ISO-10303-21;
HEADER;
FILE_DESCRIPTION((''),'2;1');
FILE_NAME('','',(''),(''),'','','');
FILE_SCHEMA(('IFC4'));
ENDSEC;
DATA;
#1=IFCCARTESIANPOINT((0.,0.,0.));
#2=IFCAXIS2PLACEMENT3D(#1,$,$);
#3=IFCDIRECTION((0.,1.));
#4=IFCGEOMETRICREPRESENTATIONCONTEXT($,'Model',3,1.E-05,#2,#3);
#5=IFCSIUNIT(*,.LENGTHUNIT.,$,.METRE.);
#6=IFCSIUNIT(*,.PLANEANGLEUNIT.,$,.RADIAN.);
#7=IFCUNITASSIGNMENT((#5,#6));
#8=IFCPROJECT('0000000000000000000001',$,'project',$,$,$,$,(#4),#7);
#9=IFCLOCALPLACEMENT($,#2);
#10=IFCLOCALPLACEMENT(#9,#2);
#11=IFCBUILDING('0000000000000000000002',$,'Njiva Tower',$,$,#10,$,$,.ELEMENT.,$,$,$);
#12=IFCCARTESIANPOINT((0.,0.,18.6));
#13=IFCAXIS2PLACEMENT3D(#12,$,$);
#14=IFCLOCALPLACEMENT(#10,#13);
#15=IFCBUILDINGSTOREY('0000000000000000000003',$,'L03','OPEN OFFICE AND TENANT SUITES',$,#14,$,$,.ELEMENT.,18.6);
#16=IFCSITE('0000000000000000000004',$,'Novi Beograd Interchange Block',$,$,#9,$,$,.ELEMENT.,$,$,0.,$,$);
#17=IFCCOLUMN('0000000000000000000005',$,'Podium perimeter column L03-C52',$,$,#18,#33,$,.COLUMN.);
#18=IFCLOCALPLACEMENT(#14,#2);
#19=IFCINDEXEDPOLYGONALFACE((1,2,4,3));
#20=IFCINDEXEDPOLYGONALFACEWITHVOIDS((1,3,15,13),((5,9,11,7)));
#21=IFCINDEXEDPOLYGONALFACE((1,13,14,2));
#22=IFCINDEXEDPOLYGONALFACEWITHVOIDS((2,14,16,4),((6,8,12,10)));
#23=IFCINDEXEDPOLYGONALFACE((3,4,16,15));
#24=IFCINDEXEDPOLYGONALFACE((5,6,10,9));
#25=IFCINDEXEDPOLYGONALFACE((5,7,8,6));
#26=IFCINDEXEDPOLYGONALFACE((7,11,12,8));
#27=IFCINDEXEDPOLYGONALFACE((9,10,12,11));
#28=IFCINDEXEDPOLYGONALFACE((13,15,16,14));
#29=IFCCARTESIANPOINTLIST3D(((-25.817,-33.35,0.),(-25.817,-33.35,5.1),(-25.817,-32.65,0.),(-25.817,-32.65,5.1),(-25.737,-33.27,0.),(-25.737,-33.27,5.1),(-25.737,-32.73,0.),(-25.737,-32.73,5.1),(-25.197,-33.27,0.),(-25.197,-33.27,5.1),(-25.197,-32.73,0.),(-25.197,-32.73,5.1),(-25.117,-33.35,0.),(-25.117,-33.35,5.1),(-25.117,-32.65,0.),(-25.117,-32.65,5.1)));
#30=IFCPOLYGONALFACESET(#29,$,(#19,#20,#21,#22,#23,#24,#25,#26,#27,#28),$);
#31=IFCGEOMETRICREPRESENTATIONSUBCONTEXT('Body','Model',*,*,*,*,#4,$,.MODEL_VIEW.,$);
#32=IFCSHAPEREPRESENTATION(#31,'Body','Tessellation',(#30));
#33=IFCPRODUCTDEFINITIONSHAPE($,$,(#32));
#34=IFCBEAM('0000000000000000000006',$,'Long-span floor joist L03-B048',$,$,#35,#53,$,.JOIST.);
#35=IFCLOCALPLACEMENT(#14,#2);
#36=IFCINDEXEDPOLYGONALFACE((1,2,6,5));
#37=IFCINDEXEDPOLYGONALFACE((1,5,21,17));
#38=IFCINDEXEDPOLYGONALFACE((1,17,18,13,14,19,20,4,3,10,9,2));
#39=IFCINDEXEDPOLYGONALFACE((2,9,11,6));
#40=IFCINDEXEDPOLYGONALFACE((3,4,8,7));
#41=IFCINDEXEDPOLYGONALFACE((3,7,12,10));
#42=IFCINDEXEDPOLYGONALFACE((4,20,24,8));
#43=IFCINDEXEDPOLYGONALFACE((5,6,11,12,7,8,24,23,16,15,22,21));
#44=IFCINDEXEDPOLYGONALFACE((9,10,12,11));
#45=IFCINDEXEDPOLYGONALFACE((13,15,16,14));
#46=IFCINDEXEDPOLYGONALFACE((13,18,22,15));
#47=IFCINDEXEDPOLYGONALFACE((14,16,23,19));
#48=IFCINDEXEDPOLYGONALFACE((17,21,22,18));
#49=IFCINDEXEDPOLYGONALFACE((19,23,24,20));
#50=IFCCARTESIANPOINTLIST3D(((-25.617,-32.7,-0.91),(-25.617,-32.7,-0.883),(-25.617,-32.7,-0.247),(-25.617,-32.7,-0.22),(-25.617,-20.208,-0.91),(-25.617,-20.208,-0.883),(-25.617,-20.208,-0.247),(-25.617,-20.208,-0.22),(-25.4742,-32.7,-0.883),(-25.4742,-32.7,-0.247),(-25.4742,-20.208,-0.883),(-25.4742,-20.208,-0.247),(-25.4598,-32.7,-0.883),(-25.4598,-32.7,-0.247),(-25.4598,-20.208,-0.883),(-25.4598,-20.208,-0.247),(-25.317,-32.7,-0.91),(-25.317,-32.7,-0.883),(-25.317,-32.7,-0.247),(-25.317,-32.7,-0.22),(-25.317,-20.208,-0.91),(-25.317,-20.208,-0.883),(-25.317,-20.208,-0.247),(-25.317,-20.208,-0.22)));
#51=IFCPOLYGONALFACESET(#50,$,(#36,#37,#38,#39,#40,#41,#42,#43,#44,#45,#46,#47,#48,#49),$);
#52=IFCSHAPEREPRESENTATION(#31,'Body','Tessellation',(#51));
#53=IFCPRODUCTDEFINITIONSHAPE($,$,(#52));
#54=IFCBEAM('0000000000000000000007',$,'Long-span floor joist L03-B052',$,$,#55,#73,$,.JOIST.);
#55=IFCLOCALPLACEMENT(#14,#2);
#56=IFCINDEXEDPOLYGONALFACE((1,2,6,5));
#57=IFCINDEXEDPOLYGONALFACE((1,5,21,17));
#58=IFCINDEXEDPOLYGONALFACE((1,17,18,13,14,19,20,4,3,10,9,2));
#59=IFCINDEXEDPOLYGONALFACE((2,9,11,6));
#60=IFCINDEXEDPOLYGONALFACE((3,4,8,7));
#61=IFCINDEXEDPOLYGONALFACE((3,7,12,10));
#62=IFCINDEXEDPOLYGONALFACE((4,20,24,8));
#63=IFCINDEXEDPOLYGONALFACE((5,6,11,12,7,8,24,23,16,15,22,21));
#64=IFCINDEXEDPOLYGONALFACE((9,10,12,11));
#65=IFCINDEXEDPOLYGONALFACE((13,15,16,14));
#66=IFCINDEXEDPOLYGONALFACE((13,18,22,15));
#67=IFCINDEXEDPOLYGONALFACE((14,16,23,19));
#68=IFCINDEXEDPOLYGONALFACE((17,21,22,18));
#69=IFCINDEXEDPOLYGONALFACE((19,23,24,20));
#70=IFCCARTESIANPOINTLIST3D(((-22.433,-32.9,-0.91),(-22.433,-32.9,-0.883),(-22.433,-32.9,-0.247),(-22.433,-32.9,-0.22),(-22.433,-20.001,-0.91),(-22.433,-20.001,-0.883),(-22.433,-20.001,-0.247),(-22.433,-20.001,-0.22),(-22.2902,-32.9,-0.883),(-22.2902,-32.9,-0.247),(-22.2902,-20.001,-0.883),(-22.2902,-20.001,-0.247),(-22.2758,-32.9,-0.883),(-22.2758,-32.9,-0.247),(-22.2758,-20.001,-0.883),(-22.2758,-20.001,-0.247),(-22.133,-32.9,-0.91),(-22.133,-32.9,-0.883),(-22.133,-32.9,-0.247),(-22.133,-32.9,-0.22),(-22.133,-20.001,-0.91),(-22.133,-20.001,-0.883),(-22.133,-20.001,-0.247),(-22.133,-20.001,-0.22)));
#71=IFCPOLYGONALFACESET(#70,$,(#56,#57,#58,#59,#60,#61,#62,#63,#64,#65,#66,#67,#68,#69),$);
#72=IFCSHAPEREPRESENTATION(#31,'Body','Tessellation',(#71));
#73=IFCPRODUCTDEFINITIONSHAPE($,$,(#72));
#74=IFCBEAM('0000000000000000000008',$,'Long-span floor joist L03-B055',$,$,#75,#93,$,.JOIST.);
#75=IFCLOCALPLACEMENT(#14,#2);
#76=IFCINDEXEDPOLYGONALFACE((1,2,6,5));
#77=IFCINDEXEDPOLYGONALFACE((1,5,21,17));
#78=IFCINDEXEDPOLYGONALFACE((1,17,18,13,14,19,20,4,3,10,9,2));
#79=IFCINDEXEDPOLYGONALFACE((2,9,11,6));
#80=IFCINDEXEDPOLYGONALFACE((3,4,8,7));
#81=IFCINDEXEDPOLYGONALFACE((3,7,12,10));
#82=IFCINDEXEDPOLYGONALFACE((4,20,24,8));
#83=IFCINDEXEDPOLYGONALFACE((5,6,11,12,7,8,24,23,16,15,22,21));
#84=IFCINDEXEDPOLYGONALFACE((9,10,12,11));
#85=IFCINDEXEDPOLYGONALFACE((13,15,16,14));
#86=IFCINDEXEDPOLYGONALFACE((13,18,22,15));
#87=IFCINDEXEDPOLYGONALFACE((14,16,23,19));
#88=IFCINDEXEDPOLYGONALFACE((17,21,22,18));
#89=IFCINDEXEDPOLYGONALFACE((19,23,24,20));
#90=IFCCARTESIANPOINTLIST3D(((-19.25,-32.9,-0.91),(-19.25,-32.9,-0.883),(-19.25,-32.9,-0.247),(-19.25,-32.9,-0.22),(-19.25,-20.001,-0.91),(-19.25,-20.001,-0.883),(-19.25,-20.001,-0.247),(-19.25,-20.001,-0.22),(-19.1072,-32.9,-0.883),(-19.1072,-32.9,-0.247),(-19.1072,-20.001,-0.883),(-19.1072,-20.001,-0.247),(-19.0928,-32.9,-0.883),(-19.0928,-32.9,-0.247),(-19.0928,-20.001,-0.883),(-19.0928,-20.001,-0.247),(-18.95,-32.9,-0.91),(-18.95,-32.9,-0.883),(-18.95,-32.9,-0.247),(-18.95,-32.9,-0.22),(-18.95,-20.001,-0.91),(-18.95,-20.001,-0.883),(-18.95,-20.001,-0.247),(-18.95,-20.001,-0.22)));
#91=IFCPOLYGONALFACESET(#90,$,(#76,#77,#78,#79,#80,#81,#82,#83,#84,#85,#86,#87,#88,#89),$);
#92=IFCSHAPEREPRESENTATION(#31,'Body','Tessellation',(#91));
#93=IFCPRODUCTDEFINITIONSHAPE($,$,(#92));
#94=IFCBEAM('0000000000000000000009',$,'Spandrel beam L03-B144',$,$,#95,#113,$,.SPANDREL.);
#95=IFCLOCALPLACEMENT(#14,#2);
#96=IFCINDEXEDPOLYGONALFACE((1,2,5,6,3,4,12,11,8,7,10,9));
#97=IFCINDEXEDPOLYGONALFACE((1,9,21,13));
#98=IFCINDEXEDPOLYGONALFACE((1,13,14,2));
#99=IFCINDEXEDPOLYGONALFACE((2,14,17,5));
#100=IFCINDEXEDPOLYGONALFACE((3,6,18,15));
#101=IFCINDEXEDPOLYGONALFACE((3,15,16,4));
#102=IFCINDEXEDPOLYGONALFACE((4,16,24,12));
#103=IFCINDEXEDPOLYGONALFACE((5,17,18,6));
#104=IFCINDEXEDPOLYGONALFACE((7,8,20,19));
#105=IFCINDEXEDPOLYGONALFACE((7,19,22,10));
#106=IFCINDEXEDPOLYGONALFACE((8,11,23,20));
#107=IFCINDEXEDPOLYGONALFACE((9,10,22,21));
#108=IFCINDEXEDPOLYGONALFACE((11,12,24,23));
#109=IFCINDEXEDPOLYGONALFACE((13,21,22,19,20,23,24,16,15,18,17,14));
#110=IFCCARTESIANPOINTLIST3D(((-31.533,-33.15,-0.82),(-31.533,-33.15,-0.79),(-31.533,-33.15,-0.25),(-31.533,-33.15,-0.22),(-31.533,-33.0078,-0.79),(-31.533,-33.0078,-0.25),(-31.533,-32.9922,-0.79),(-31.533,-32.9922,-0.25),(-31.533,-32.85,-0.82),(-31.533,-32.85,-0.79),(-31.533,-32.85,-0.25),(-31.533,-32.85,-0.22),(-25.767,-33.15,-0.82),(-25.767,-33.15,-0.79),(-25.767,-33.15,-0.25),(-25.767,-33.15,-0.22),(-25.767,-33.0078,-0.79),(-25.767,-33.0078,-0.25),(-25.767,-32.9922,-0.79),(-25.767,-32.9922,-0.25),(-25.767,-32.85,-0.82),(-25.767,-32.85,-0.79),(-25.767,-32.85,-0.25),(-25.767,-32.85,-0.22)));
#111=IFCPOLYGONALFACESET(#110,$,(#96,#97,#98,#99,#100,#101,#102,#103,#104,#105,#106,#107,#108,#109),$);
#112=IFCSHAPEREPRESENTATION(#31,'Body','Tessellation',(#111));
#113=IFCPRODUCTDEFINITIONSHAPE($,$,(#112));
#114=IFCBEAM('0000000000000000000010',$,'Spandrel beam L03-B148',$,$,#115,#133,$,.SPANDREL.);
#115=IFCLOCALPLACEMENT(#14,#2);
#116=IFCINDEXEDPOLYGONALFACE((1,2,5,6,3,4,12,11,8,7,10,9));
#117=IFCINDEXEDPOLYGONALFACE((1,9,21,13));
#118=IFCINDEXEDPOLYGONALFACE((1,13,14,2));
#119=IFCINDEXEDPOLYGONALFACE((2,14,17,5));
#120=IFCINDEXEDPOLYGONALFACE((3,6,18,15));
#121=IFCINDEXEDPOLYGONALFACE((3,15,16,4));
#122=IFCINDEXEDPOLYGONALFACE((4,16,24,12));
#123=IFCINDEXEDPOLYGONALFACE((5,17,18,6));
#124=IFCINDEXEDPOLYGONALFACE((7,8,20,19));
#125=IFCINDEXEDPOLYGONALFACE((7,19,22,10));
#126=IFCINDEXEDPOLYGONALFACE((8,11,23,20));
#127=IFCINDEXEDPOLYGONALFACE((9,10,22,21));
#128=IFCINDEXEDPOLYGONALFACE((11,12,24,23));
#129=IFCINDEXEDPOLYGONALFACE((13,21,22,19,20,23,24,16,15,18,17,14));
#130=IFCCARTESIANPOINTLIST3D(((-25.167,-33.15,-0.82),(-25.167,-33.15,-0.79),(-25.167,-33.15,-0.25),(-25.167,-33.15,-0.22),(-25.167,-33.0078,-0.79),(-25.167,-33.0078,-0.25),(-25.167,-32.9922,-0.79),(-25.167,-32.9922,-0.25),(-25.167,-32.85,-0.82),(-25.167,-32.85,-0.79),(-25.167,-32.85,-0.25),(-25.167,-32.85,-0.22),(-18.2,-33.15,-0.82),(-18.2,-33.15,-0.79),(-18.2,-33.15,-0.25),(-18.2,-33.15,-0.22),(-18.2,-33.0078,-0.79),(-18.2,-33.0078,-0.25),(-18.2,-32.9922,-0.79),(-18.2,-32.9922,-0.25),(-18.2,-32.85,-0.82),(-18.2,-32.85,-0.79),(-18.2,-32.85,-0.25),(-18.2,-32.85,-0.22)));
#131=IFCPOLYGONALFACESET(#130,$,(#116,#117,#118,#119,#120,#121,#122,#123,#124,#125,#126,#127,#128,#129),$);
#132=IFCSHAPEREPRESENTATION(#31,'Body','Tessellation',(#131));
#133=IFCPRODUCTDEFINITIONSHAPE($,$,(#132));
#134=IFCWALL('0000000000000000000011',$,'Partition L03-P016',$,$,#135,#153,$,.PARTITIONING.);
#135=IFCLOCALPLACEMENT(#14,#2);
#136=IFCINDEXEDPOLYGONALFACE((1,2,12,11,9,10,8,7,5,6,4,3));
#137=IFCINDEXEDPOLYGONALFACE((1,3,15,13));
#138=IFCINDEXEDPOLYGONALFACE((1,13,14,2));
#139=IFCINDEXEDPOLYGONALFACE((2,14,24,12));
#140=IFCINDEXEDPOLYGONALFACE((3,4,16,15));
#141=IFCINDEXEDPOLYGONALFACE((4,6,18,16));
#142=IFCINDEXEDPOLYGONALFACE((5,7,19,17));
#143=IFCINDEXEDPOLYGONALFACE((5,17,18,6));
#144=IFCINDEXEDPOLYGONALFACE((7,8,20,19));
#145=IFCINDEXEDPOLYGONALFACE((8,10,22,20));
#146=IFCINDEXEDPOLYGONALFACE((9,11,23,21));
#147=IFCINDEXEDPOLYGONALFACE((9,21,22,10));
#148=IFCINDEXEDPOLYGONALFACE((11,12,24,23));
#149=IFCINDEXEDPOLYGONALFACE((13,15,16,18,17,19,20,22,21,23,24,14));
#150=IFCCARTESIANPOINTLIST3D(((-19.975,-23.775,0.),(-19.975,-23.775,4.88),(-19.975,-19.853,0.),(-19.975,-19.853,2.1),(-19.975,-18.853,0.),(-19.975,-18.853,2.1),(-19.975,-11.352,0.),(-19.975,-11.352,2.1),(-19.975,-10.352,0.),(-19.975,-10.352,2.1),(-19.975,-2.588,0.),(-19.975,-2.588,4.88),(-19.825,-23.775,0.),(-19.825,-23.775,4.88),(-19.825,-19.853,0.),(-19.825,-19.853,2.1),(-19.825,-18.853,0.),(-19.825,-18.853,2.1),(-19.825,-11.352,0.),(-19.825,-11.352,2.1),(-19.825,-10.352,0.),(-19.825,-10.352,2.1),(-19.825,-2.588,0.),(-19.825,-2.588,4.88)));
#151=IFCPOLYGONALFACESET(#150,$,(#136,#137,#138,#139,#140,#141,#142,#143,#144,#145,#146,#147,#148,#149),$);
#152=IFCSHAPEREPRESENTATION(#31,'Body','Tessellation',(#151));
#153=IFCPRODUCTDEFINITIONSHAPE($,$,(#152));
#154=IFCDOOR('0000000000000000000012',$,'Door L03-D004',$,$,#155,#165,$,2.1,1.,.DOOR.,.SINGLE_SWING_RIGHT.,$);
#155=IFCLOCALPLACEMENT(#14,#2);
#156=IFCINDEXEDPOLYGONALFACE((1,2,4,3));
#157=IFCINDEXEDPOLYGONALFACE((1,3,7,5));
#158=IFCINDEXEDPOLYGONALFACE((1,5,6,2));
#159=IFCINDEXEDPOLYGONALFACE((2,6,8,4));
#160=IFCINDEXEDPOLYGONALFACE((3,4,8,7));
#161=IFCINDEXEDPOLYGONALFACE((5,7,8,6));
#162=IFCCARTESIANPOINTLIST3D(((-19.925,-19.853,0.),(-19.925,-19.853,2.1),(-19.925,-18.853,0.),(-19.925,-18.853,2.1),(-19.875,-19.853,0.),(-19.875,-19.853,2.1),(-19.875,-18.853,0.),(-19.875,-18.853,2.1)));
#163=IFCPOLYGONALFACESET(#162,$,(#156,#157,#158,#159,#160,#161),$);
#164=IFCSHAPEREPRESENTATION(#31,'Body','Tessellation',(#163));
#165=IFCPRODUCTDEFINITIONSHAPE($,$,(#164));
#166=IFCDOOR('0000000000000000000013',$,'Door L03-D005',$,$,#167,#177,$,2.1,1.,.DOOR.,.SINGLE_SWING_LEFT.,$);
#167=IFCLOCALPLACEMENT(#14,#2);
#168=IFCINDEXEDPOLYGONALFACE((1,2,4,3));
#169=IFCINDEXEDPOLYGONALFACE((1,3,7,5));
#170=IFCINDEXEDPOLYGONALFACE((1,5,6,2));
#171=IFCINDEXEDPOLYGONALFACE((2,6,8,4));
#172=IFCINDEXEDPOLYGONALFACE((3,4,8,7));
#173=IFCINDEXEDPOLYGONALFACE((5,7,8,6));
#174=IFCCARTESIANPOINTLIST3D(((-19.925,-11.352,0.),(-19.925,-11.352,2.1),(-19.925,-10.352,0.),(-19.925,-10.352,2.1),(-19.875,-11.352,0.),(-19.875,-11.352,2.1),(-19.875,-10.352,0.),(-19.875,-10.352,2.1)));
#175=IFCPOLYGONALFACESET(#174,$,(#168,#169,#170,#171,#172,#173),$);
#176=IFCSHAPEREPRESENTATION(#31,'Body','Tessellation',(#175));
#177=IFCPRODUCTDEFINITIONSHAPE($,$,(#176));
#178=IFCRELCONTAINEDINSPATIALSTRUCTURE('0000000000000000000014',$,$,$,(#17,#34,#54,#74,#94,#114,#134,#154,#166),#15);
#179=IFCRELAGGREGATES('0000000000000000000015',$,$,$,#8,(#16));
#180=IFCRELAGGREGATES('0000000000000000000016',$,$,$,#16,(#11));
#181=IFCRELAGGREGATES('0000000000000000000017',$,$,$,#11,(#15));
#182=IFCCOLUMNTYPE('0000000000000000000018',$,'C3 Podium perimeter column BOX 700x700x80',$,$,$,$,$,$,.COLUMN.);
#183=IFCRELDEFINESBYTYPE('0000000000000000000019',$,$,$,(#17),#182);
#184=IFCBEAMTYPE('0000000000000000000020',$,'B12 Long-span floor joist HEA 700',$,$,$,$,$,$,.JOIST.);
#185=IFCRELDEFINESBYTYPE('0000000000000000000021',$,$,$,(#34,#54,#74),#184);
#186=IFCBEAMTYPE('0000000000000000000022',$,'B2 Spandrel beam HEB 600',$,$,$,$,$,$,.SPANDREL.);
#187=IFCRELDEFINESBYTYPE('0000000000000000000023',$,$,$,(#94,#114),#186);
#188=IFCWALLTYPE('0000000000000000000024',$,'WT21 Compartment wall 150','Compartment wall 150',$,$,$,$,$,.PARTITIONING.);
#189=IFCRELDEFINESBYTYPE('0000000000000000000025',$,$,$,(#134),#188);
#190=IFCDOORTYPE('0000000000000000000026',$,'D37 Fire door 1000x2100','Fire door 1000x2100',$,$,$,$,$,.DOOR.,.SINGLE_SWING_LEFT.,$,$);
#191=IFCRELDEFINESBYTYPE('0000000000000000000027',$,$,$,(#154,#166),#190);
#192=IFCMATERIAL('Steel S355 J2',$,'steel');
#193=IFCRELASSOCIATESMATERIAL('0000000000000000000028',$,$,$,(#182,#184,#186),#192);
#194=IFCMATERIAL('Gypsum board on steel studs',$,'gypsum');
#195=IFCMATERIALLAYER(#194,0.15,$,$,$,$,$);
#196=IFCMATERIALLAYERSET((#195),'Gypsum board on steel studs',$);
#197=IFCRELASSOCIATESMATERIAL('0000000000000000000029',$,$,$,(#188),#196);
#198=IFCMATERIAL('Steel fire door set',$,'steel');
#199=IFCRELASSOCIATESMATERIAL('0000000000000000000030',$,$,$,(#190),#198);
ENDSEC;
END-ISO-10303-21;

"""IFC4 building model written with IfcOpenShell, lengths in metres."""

from ifc_helpers import new_model, si_unit, direction, frame, frame_2d, origin, origin_2d, place, context, subcontext, project, spatial, rectangle, hollow_rectangle, i_section, extrude, material, layer, layer_set, material_profile, profile_set, type_object, element, fill, save


model = new_model("IFC4")

# Units and contexts
model_context = context("Model", 3, precision=1e-05, world=origin(), true_north=direction((0.0, 1.0)))
body_context = subcontext(model_context, "Body", "Model", "MODEL_VIEW")
ifc_project = project(units=[si_unit("LENGTHUNIT", "METRE"), si_unit("PLANEANGLEUNIT", "RADIAN")], contexts=[model_context])

# Site, building, storey
site_placement = place(None, origin())
site = spatial("IfcSite", under=ifc_project, at=site_placement, Name="Novi Beograd Interchange Block", CompositionType="ELEMENT", RefElevation=0.0)
building_placement = place(site_placement, origin())
building = spatial("IfcBuilding", under=site, at=building_placement, Name="Njiva Tower", CompositionType="ELEMENT")
storey_placement = place(building_placement, frame((0.0, 0.0, 18.6)))
storey = spatial("IfcBuildingStorey", under=building, at=storey_placement, Name="L03", Description="OPEN OFFICE AND TENANT SUITES", CompositionType="ELEMENT", Elevation=18.6)

# Column
ifc_material_1 = material(Name="Steel S355 J2", Category="steel")
ifc_material_profile_1 = material_profile(ifc_material_1, hollow_rectangle(XDim=0.7, YDim=0.7, WallThickness=0.08, at=origin_2d()), Name="BOX 700x700x80")
ifc_profile_set_1 = profile_set([ifc_material_profile_1], Name="Steel S355 J2")
column_type = type_object("IfcColumnType", Name="C3 Podium perimeter column BOX 700x700x80", PredefinedType="COLUMN", material=ifc_profile_set_1)
column_placement = place(storey_placement, frame((-25.467, -33.0, 0.0), z_axis=(0.0, 0.0, 1.0), x_axis=(1.0, 0.0, 0.0)))
element("IfcColumn", 1, at=column_placement, inside=storey, type_object=column_type, Name="Podium perimeter column L03-C52", PredefinedType="COLUMN", context=body_context, shape_type="SweptSolid", body=[
    extrude(hollow_rectangle(XDim=0.7, YDim=0.7, WallThickness=0.08, at=origin_2d()), origin(), (0.0, 0.0, 1.0), 5.1),
])

# Beams
ifc_material_profile_2 = material_profile(ifc_material_1, i_section(OverallWidth=0.3, OverallDepth=0.69, WebThickness=0.0145, FlangeThickness=0.027, at=origin_2d()), Name="HEA 700")
ifc_profile_set_2 = profile_set([ifc_material_profile_2], Name="Steel S355 J2")
beam_type_1 = type_object("IfcBeamType", Name="B12 Long-span floor joist HEA 700", PredefinedType="JOIST", material=ifc_profile_set_2)
beam_1_placement = place(storey_placement, frame((-25.467, -20.208, -0.565), z_axis=(0.0, -1.0, 0.0), x_axis=(1.0, 0.0, 0.0)))
element("IfcBeam", 2, at=beam_1_placement, inside=storey, type_object=beam_type_1, Name="Long-span floor joist L03-B048", PredefinedType="JOIST", context=body_context, shape_type="SweptSolid", body=[
    extrude(i_section(OverallWidth=0.3, OverallDepth=0.69, WebThickness=0.0145, FlangeThickness=0.027, at=origin_2d()), origin(), (0.0, 0.0, 1.0), 12.492),
])
for number, where, z_axis, x_axis, name in (
    (3, (-22.283, -20.001, -0.565), (0.0, -1.0, 0.0), (1.0, 0.0, 0.0), "Long-span floor joist L03-B052"),
    (4, (-19.1, -20.001, -0.565), (0.0, -1.0, 0.0), (1.0, 0.0, 0.0), "Long-span floor joist L03-B055"),
):
    element("IfcBeam", number, at=place(storey_placement, frame(where, z_axis=z_axis, x_axis=x_axis)), inside=storey, type_object=beam_type_1, Name=name, PredefinedType="JOIST", context=body_context, shape_type="SweptSolid", body=[
        extrude(i_section(OverallWidth=0.3, OverallDepth=0.69, WebThickness=0.0145, FlangeThickness=0.027, at=origin_2d()), origin(), (0.0, 0.0, 1.0), 12.899),
    ])
ifc_material_profile_3 = material_profile(ifc_material_1, i_section(OverallWidth=0.3, OverallDepth=0.6, WebThickness=0.0155, FlangeThickness=0.03, at=origin_2d()), Name="HEB 600")
ifc_profile_set_3 = profile_set([ifc_material_profile_3], Name="Steel S355 J2")
beam_type_2 = type_object("IfcBeamType", Name="B2 Spandrel beam HEB 600", PredefinedType="SPANDREL", material=ifc_profile_set_3)
beam_2_placement = place(storey_placement, frame((-31.533, -33.0, -0.52), z_axis=(1.0, 0.0, 0.0), x_axis=(0.0, 1.0, 0.0)))
element("IfcBeam", 5, at=beam_2_placement, inside=storey, type_object=beam_type_2, Name="Spandrel beam L03-B144", PredefinedType="SPANDREL", context=body_context, shape_type="SweptSolid", body=[
    extrude(i_section(OverallWidth=0.3, OverallDepth=0.6, WebThickness=0.0155, FlangeThickness=0.03, at=origin_2d()), origin(), (0.0, 0.0, 1.0), 5.766),
])
beam_3_placement = place(storey_placement, frame((-25.167, -33.0, -0.52), z_axis=(1.0, 0.0, 0.0), x_axis=(0.0, 1.0, 0.0)))
element("IfcBeam", 6, at=beam_3_placement, inside=storey, type_object=beam_type_2, Name="Spandrel beam L03-B148", PredefinedType="SPANDREL", context=body_context, shape_type="SweptSolid", body=[
    extrude(i_section(OverallWidth=0.3, OverallDepth=0.6, WebThickness=0.0155, FlangeThickness=0.03, at=origin_2d()), origin(), (0.0, 0.0, 1.0), 6.967),
])

# Wall, openings, doors
ifc_material_2 = material(Name="Gypsum board on steel studs", Category="gypsum")
ifc_layer = layer(ifc_material_2, 0.15)
ifc_layer_set = layer_set([ifc_layer], Name="Gypsum board on steel studs")
wall_type = type_object("IfcWallType", Name="WT21 Compartment wall 150", Description="Compartment wall 150", PredefinedType="PARTITIONING", material=ifc_layer_set)
wall_1_placement = place(storey_placement, frame((-19.9, -23.775, 0.0), z_axis=(0.0, 0.0, 1.0), x_axis=(0.0, 1.0, 0.0)))
wall_1 = element("IfcWall", 7, at=wall_1_placement, inside=storey, type_object=wall_type, Name="Partition L03-P016", PredefinedType="PARTITIONING", context=body_context, shape_type="SweptSolid", body=[
    extrude(rectangle(XDim=21.187, YDim=0.15, at=frame_2d((10.5935, 0.0))), origin(), (0.0, 0.0, 1.0), 4.88),
])
opening_1_placement = place(wall_1_placement, frame((3.922, 0.0, 0.0)))
opening_1 = element("IfcOpeningElement", 8, at=opening_1_placement, cuts=wall_1, PredefinedType="OPENING", context=body_context, shape_type="SweptSolid", body=[
    extrude(rectangle(XDim=1.0, YDim=2.1, at=frame_2d((0.5, 1.05))), frame((0.0, 0.085, 0.0), z_axis=(0.0, -1.0, 0.0), x_axis=(1.0, 0.0, 0.0)), (0.0, 0.0, 1.0), 0.17),
])
opening_2_placement = place(wall_1_placement, frame((12.423, 0.0, 0.0)))
opening_2 = element("IfcOpeningElement", 9, at=opening_2_placement, cuts=wall_1, PredefinedType="OPENING", context=body_context, shape_type="SweptSolid", body=[
    extrude(rectangle(XDim=1.0, YDim=2.1, at=frame_2d((0.5, 1.05))), frame((0.0, 0.085, 0.0), z_axis=(0.0, -1.0, 0.0), x_axis=(1.0, 0.0, 0.0)), (0.0, 0.0, 1.0), 0.17),
])
ifc_material_3 = material(Name="Steel fire door set", Category="steel")
door_type = type_object("IfcDoorType", Name="D37 Fire door 1000x2100", Description="Fire door 1000x2100", OperationType="SINGLE_SWING_LEFT", PredefinedType="DOOR", material=ifc_material_3)
door_1_placement = place(opening_1_placement, origin())
door_1 = element("IfcDoor", 10, at=door_1_placement, inside=storey, type_object=door_type, Name="Door L03-D004", OperationType="SINGLE_SWING_RIGHT", OverallHeight=2.1, OverallWidth=1.0, PredefinedType="DOOR", context=body_context, shape_type="SweptSolid", body=[
    extrude(rectangle(XDim=1.0, YDim=2.1, at=frame_2d((0.5, 1.05))), frame((0.0, 0.025, 0.0), z_axis=(0.0, -1.0, 0.0), x_axis=(1.0, 0.0, 0.0)), (0.0, 0.0, 1.0), 0.05),
])
fill(opening_1, door_1)
door_2_placement = place(opening_2_placement, origin())
door_2 = element("IfcDoor", 11, at=door_2_placement, inside=storey, type_object=door_type, Name="Door L03-D005", OperationType="SINGLE_SWING_LEFT", OverallHeight=2.1, OverallWidth=1.0, PredefinedType="DOOR", context=body_context, shape_type="SweptSolid", body=[
    extrude(rectangle(XDim=1.0, YDim=2.1, at=frame_2d((0.5, 1.05))), frame((0.0, 0.025, 0.0), z_axis=(0.0, -1.0, 0.0), x_axis=(1.0, 0.0, 0.0)), (0.0, 0.0, 1.0), 0.05),
])
fill(opening_2, door_2)

save(model, "model.ifc")
